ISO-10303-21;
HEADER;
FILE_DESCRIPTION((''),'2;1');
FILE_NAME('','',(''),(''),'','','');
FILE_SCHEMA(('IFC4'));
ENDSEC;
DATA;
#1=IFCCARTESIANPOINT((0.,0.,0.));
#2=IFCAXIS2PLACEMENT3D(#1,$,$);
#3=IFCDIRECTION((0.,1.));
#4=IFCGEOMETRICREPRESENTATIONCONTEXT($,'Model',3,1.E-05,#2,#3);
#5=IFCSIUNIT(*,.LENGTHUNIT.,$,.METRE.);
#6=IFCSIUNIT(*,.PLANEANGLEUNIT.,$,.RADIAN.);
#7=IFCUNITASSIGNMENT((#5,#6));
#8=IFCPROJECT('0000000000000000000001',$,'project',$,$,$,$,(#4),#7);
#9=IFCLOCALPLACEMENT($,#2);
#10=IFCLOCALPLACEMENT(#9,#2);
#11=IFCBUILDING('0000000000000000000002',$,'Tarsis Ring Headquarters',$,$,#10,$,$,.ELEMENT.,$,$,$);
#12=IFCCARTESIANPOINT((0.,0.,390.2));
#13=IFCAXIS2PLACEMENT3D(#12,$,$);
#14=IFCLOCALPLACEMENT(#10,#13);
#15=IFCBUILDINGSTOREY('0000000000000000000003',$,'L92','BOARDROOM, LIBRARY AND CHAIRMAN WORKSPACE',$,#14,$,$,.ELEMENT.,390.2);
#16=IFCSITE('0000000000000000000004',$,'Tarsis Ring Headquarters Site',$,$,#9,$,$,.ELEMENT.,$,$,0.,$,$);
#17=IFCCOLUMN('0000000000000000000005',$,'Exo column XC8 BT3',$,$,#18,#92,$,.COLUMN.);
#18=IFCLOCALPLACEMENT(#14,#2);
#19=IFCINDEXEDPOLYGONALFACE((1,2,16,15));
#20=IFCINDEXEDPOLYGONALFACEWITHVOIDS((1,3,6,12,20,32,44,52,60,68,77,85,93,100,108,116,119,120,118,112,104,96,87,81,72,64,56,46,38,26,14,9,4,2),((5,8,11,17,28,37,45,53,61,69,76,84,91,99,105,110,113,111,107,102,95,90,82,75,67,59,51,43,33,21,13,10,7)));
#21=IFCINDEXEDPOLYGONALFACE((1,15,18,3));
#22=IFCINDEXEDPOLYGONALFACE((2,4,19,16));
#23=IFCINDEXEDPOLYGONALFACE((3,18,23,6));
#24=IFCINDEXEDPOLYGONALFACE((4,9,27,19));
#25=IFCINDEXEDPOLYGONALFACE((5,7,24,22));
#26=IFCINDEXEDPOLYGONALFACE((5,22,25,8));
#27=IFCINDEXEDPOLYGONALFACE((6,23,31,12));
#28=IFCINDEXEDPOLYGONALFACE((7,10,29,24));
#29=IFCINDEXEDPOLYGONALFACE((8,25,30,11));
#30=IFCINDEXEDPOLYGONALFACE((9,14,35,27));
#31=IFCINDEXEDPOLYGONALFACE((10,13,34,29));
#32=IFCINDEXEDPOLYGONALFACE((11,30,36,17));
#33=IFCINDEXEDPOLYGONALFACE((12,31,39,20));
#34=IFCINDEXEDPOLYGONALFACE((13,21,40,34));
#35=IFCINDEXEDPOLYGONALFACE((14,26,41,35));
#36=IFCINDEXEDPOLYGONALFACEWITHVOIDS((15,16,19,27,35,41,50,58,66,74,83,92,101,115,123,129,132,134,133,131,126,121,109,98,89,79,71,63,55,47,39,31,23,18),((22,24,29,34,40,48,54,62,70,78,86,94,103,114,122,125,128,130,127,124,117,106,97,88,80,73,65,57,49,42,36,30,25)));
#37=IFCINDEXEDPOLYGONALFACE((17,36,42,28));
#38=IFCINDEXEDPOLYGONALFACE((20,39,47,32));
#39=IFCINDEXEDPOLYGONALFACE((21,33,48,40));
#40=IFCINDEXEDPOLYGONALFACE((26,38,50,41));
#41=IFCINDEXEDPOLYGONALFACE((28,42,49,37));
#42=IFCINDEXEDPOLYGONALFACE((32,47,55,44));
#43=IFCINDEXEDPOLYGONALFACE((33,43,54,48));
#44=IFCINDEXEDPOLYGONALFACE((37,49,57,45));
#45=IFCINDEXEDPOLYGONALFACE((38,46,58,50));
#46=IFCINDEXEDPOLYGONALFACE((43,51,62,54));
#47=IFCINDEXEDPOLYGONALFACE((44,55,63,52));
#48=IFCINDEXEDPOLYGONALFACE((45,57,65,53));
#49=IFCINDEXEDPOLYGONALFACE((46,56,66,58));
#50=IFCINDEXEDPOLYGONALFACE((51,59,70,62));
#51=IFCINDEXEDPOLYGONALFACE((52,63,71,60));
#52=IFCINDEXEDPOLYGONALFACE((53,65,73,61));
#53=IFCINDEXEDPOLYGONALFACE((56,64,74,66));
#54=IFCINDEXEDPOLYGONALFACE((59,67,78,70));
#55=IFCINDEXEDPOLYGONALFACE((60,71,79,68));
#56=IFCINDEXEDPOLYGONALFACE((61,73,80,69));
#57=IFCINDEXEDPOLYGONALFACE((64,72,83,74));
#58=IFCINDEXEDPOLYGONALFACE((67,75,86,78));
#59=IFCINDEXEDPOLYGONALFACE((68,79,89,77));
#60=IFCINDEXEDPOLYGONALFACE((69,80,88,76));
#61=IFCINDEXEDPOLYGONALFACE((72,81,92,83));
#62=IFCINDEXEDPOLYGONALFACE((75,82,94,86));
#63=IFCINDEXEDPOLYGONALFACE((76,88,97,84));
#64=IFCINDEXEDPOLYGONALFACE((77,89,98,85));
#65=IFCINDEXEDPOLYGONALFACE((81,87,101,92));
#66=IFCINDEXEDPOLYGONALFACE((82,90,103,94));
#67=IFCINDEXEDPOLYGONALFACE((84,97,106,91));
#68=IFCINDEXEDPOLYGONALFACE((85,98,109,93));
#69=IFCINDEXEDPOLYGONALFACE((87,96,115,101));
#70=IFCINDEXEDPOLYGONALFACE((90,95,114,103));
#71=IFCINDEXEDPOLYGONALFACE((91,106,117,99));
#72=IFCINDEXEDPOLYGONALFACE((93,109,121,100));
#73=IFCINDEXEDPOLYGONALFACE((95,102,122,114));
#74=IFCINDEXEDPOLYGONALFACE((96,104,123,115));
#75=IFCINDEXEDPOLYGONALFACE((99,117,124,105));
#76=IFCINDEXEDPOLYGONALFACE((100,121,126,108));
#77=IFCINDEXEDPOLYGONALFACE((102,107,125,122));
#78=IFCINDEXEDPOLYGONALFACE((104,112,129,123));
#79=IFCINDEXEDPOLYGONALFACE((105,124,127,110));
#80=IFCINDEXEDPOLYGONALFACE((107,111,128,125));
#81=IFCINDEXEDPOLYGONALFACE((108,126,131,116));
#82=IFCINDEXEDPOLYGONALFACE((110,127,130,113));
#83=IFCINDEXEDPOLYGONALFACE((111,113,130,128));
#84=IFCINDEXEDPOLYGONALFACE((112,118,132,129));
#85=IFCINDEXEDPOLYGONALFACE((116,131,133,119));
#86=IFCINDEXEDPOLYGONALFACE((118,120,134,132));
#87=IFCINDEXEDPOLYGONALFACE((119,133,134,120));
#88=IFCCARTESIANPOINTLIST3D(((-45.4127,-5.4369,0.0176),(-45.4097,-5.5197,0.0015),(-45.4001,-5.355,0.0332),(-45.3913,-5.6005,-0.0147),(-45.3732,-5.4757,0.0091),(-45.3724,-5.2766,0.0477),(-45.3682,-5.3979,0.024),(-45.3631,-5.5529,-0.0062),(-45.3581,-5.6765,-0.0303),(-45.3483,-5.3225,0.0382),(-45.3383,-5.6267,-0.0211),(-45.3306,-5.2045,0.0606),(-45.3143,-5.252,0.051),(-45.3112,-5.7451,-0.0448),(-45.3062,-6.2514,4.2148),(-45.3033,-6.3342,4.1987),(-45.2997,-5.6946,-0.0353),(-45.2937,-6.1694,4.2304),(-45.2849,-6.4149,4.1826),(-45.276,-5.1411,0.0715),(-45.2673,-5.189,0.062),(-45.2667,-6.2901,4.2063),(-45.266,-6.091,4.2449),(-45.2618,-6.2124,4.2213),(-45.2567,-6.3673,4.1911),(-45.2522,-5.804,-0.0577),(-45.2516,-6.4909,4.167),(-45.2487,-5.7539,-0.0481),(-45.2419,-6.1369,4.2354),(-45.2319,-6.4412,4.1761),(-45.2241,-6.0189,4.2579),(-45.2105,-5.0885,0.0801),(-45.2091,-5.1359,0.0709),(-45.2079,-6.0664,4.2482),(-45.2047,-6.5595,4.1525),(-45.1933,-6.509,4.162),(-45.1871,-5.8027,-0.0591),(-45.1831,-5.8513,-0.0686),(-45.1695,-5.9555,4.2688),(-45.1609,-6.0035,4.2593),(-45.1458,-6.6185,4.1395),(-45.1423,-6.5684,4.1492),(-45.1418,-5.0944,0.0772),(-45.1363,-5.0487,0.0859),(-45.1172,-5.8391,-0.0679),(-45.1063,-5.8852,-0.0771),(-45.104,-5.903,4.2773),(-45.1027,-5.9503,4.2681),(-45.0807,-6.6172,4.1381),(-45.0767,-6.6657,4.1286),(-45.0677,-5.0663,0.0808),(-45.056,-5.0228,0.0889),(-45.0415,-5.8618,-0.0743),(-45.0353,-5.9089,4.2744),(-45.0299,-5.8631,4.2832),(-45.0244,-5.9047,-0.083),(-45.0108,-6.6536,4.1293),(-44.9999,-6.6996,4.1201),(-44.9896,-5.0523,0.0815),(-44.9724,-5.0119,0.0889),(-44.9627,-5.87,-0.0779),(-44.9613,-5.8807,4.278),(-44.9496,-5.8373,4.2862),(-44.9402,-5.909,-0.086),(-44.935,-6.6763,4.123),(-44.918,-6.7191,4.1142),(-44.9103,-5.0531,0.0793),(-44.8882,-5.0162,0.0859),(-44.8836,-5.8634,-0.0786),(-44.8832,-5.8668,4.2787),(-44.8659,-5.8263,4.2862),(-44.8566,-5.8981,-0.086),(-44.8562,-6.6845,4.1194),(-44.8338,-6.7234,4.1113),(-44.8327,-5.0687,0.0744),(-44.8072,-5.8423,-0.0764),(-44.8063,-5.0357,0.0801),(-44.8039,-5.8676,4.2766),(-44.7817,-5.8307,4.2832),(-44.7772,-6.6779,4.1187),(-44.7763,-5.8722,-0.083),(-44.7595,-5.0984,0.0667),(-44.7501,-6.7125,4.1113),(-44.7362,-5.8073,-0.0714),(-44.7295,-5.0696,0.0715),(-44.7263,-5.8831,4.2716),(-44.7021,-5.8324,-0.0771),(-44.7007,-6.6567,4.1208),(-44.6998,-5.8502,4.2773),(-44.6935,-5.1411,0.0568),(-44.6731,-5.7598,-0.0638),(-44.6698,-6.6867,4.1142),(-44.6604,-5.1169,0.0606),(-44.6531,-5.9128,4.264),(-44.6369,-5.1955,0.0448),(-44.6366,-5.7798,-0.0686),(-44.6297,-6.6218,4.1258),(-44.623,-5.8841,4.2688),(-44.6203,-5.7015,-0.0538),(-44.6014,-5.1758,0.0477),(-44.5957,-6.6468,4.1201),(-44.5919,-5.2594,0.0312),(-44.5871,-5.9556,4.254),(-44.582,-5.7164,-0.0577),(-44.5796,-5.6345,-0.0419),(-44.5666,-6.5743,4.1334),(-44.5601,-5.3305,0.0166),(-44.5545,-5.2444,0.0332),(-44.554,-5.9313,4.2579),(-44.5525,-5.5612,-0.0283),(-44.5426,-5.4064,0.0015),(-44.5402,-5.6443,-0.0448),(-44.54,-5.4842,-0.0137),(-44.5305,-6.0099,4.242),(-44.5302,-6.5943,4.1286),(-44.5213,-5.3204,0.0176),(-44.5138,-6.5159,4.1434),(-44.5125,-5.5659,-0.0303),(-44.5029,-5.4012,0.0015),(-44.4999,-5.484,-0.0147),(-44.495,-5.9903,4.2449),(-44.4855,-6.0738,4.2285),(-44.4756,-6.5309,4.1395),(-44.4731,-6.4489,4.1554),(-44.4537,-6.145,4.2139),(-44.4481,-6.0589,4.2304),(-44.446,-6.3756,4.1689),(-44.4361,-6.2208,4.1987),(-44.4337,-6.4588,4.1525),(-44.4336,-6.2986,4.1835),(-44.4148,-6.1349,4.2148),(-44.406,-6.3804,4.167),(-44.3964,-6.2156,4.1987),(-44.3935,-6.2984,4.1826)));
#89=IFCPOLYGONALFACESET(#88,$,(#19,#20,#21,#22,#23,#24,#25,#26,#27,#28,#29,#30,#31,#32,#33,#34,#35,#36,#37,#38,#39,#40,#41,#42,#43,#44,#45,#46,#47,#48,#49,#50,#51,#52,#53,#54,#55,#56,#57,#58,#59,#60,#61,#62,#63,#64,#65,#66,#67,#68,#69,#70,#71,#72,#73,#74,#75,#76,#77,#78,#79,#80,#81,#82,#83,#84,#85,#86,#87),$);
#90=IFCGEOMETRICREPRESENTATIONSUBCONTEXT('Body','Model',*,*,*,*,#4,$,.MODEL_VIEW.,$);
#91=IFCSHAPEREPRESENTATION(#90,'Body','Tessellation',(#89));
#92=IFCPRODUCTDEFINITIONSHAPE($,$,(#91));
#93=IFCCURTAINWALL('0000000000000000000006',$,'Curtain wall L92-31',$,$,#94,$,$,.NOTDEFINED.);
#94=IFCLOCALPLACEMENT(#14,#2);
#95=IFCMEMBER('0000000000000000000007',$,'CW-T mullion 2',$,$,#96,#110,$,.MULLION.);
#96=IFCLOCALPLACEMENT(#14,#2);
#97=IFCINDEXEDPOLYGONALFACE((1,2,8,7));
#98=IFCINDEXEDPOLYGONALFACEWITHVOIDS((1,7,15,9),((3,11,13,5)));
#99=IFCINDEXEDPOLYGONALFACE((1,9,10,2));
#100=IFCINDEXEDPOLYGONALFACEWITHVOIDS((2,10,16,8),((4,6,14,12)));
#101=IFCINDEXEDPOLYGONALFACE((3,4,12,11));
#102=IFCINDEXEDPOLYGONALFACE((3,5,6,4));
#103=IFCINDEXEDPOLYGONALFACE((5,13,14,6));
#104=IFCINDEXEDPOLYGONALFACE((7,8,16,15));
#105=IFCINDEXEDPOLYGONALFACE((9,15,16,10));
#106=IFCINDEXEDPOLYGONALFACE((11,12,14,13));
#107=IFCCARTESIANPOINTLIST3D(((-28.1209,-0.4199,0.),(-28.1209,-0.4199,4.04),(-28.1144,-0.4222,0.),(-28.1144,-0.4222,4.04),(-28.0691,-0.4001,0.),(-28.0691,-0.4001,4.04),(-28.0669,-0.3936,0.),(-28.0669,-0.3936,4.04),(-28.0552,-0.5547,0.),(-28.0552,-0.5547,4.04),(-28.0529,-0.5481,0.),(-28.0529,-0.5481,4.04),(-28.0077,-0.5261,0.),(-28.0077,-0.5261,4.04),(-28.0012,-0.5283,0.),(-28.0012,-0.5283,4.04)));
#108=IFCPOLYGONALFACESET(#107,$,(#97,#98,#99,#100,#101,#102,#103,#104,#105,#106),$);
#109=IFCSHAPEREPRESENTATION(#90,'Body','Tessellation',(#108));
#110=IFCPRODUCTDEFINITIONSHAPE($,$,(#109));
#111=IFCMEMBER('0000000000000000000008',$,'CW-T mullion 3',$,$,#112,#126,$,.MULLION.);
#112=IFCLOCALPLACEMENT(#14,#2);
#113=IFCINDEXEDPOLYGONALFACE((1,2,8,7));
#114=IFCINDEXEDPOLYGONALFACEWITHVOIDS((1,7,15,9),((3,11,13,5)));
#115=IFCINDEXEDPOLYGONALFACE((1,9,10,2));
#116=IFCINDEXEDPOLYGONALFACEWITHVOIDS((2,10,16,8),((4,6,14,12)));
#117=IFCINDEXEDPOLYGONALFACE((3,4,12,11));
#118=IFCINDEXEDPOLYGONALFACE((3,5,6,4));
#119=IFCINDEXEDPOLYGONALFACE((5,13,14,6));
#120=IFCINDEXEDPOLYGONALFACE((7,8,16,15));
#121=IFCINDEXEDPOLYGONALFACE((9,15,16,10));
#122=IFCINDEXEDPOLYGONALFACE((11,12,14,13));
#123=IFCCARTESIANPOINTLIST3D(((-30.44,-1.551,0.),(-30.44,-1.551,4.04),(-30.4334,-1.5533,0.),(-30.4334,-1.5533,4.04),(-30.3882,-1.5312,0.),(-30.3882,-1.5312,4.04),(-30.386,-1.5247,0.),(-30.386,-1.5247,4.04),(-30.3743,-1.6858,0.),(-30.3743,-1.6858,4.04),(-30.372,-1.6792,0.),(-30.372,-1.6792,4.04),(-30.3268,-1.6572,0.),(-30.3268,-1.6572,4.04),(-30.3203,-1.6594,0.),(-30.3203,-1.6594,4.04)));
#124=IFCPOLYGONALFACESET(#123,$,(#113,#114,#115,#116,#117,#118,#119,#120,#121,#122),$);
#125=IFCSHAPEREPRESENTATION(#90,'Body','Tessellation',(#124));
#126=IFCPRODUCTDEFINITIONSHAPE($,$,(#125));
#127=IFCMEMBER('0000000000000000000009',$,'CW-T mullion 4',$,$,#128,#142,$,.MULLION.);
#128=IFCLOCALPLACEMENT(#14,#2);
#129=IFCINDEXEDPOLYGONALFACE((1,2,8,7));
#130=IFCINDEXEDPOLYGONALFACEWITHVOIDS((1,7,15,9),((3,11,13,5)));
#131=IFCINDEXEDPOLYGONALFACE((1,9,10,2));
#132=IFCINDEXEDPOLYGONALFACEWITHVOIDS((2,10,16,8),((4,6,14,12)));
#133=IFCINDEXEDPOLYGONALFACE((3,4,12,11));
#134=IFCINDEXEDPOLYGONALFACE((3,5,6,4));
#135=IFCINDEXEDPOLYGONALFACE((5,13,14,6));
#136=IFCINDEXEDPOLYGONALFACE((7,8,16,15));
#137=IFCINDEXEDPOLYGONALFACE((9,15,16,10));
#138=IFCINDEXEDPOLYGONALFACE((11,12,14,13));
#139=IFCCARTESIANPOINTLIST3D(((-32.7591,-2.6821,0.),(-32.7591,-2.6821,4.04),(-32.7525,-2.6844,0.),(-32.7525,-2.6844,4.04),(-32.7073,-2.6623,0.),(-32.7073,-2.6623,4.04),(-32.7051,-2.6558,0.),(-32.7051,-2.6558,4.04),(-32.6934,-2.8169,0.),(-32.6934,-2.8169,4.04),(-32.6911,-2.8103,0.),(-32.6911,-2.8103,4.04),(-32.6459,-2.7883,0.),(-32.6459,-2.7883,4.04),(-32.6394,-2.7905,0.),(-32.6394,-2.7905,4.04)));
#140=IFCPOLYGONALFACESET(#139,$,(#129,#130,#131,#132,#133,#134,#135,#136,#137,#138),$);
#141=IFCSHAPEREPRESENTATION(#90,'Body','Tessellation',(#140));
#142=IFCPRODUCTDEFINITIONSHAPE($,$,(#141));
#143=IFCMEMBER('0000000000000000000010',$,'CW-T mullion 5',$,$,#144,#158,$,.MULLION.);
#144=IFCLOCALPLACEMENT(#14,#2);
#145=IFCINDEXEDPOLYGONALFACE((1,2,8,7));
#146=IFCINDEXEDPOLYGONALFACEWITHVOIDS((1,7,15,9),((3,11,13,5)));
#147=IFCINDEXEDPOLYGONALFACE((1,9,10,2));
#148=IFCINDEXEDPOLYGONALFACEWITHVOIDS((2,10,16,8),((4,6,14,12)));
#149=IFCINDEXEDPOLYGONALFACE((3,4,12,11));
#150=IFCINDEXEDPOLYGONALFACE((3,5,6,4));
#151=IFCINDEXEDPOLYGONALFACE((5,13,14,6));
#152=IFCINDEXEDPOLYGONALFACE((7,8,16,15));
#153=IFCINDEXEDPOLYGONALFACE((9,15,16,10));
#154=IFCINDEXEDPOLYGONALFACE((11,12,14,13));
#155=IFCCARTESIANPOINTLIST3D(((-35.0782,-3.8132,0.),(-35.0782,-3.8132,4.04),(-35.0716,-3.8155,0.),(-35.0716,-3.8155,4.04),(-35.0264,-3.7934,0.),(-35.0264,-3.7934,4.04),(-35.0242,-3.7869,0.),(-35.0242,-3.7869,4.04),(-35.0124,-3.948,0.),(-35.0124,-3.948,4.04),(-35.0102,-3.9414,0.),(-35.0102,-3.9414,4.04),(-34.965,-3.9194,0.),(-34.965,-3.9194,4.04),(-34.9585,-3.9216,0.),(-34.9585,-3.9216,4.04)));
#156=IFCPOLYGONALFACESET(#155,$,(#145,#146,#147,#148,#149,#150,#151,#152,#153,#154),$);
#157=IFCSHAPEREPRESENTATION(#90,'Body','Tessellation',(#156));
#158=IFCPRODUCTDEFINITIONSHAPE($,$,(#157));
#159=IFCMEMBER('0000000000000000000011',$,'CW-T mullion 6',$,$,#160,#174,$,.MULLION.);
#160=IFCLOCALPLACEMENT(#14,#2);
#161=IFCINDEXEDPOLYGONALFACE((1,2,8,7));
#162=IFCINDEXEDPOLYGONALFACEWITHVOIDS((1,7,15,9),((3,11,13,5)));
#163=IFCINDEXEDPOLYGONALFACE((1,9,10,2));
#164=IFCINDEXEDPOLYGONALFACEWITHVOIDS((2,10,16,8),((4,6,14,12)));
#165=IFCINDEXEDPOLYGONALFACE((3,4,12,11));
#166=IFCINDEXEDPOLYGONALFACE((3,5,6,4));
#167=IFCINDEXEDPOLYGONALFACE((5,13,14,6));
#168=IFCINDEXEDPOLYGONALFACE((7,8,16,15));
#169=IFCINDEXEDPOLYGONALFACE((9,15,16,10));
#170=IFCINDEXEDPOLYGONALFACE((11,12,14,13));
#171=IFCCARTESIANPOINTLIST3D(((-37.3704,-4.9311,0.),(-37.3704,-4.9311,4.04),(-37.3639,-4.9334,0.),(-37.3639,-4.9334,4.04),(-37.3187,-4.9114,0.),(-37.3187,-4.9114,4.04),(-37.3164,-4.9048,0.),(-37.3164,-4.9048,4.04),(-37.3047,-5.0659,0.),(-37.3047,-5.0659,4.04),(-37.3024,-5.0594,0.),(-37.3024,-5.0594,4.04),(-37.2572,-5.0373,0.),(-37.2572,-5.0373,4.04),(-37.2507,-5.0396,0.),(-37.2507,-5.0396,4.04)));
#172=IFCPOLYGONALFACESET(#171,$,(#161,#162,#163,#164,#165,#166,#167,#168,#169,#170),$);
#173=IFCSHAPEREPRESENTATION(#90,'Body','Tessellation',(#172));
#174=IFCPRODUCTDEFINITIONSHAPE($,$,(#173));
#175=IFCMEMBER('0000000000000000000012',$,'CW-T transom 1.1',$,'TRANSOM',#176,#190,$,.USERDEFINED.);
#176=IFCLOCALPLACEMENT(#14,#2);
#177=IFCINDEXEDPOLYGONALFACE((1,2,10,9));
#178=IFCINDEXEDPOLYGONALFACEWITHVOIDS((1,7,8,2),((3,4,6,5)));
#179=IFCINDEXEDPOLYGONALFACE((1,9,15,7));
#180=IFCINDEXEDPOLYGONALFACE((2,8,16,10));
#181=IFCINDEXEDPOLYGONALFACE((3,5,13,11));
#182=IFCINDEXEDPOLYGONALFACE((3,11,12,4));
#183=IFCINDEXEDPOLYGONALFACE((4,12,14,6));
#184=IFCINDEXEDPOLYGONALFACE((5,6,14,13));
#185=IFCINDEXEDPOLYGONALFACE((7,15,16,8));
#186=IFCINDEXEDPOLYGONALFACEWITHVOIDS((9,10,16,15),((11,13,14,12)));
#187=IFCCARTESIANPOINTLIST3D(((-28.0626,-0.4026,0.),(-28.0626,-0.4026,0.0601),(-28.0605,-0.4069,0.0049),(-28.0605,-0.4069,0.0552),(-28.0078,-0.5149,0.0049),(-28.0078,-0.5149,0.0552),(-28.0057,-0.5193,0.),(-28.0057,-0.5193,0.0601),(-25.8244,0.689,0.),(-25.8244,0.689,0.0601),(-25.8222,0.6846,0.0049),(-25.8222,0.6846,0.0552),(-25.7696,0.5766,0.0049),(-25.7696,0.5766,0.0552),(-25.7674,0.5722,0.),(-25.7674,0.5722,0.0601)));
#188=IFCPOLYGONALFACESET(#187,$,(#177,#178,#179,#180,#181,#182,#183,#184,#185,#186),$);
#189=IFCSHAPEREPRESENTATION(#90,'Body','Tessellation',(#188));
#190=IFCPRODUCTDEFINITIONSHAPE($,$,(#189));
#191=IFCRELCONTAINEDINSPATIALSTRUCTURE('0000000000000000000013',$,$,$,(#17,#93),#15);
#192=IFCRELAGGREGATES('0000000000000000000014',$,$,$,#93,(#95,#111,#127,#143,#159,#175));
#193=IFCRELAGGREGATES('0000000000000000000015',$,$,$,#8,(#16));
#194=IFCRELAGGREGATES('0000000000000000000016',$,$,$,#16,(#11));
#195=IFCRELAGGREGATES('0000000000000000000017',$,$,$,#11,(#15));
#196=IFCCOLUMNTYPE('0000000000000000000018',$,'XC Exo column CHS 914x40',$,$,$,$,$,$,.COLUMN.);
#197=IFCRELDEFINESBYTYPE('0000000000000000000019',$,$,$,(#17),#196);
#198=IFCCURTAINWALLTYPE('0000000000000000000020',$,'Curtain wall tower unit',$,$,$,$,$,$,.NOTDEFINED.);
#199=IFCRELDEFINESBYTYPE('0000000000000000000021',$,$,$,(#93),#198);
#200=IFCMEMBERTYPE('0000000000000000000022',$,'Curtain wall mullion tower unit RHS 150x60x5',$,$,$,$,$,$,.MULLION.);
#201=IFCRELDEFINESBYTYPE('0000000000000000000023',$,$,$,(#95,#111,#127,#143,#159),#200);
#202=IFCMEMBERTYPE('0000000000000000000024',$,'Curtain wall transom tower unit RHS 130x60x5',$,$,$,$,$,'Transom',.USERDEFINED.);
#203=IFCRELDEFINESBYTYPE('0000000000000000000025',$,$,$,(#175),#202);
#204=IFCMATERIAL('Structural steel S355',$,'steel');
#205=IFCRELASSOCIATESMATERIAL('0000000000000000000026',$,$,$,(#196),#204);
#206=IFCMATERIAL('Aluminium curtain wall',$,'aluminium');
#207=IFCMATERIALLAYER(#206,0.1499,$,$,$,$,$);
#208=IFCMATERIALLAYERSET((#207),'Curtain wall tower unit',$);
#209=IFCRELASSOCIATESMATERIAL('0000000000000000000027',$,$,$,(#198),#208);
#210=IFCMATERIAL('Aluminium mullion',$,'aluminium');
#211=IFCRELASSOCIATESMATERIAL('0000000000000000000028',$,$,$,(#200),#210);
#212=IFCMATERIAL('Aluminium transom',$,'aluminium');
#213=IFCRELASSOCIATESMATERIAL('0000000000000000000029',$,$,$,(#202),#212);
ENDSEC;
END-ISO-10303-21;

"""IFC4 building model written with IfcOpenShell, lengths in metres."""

from ifc_helpers import new_model, si_unit, direction, frame, origin, origin_2d, place, context, subcontext, project, spatial, hollow_rectangle, hollow_circle, extrude, material, layer, layer_set, material_profile, profile_set, type_object, element, aggregate, save


model = new_model("IFC4")

# Units and contexts
model_context = context("Model", 3, precision=1e-05, world=origin(), true_north=direction((0.0, 1.0)))
body_context = subcontext(model_context, "Body", "Model", "MODEL_VIEW")
ifc_project = project(units=[si_unit("LENGTHUNIT", "METRE"), si_unit("PLANEANGLEUNIT", "RADIAN")], contexts=[model_context])

# Site, building, storey
site_placement = place(None, origin())
site = spatial("IfcSite", under=ifc_project, at=site_placement, Name="Tarsis Ring Headquarters Site", CompositionType="ELEMENT", RefElevation=0.0)
building_placement = place(site_placement, origin())
building = spatial("IfcBuilding", under=site, at=building_placement, Name="Tarsis Ring Headquarters", CompositionType="ELEMENT")
storey_placement = place(building_placement, frame((0.0, 0.0, 390.2)))
storey = spatial("IfcBuildingStorey", under=building, at=storey_placement, Name="L92", Description="BOARDROOM, LIBRARY AND CHAIRMAN WORKSPACE", CompositionType="ELEMENT", Elevation=390.2)

# Column
ifc_material_1 = material(Name="Structural steel S355", Category="steel")
ifc_material_profile_1 = material_profile(ifc_material_1, hollow_circle(Radius=0.457, WallThickness=0.04, at=origin_2d()), Name="CHS 914x40")
ifc_profile_set_1 = profile_set([ifc_material_profile_1], Name="Structural steel S355")
column_type = type_object("IfcColumnType", Name="XC Exo column CHS 914x40", PredefinedType="COLUMN", material=ifc_profile_set_1)
column_1_placement = place(storey_placement, frame((-44.9563, -5.4604, 0.0015), z_axis=(0.024889, -0.190432, 0.981385), x_axis=(0.991567, 0.129593, 0.0)))
element("IfcColumn", 1, at=column_1_placement, inside=storey, type_object=column_type, Name="Exo column XC8 BT3", PredefinedType="COLUMN", context=body_context, shape_type="SweptSolid", body=[
    extrude(hollow_circle(Radius=0.4573, WallThickness=0.04, at=origin_2d()), origin(), (0.0, 0.0, 1.0), 4.2769),
])

# Curtain wall, members
ifc_material_2 = material(Name="Aluminium curtain wall", Category="aluminium")
ifc_layer_1 = layer(ifc_material_2, 0.1499)
ifc_layer_set_1 = layer_set([ifc_layer_1], Name="Curtain wall tower unit")
curtain_wall_type = type_object("IfcCurtainWallType", Name="Curtain wall tower unit", PredefinedType="NOTDEFINED", material=ifc_layer_set_1)
curtain_wall_placement = place(storey_placement, origin())
curtain_wall = element("IfcCurtainWall", 2, at=curtain_wall_placement, inside=storey, type_object=curtain_wall_type, Name="Curtain wall L92-31", PredefinedType="NOTDEFINED")
ifc_material_3 = material(Name="Aluminium mullion", Category="aluminium")
ifc_material_profile_2 = material_profile(ifc_material_3, hollow_rectangle(XDim=0.1499, YDim=0.0601, WallThickness=0.0049, at=origin_2d()), Name="RHS 150x60x5")
ifc_profile_set_2 = profile_set([ifc_material_profile_2], Name="Aluminium mullion")
member_type_1 = type_object("IfcMemberType", Name="Curtain wall mullion tower unit RHS 150x60x5", PredefinedType="MULLION", material=ifc_profile_set_2)
member_1_placement = place(storey_placement, frame((-28.061, -0.4741, 0.0), z_axis=(0.0, 0.0, 1.0), x_axis=(0.438371, -0.898794, 0.0)))
member_1 = element("IfcMember", 3, at=member_1_placement, type_object=member_type_1, Name="CW-T mullion 2", PredefinedType="MULLION", context=body_context, shape_type="SweptSolid", body=[
    extrude(hollow_rectangle(XDim=0.1499, YDim=0.0601, WallThickness=0.0049, at=origin_2d()), origin(), (0.0, 0.0, 1.0), 4.04),
])
member_2_placement = place(storey_placement, frame((-30.3801, -1.6052, 0.0), z_axis=(0.0, 0.0, 1.0), x_axis=(0.438371, -0.898794, 0.0)))
member_2 = element("IfcMember", 4, at=member_2_placement, type_object=member_type_1, Name="CW-T mullion 3", PredefinedType="MULLION", context=body_context, shape_type="SweptSolid", body=[
    extrude(hollow_rectangle(XDim=0.1499, YDim=0.0601, WallThickness=0.0049, at=origin_2d()), origin(), (0.0, 0.0, 1.0), 4.04),
])
member_3_placement = place(storey_placement, frame((-32.6992, -2.7363, 0.0), z_axis=(0.0, 0.0, 1.0), x_axis=(0.438371, -0.898794, 0.0)))
member_3 = element("IfcMember", 5, at=member_3_placement, type_object=member_type_1, Name="CW-T mullion 4", PredefinedType="MULLION", context=body_context, shape_type="SweptSolid", body=[
    extrude(hollow_rectangle(XDim=0.1499, YDim=0.0601, WallThickness=0.0049, at=origin_2d()), origin(), (0.0, 0.0, 1.0), 4.04),
])
member_4_placement = place(storey_placement, frame((-35.0183, -3.8674, 0.0), z_axis=(0.0, 0.0, 1.0), x_axis=(0.438371, -0.898794, 0.0)))
member_4 = element("IfcMember", 6, at=member_4_placement, type_object=member_type_1, Name="CW-T mullion 5", PredefinedType="MULLION", context=body_context, shape_type="SweptSolid", body=[
    extrude(hollow_rectangle(XDim=0.1499, YDim=0.0601, WallThickness=0.0049, at=origin_2d()), origin(), (0.0, 0.0, 1.0), 4.04),
])
member_5_placement = place(storey_placement, frame((-37.3105, -4.9854, 0.0), z_axis=(0.0, 0.0, 1.0), x_axis=(0.438371, -0.898794, 0.0)))
member_5 = element("IfcMember", 7, at=member_5_placement, type_object=member_type_1, Name="CW-T mullion 6", PredefinedType="MULLION", context=body_context, shape_type="SweptSolid", body=[
    extrude(hollow_rectangle(XDim=0.1499, YDim=0.0601, WallThickness=0.0049, at=origin_2d()), origin(), (0.0, 0.0, 1.0), 4.04),
])
ifc_material_4 = material(Name="Aluminium transom", Category="aluminium")
ifc_material_profile_3 = material_profile(ifc_material_4, hollow_rectangle(XDim=0.1299, YDim=0.0601, WallThickness=0.0049, at=origin_2d()), Name="RHS 130x60x5")
ifc_profile_set_3 = profile_set([ifc_material_profile_3], Name="Aluminium transom")
member_type_2 = type_object("IfcMemberType", Name="Curtain wall transom tower unit RHS 130x60x5", ElementType="Transom", PredefinedType="USERDEFINED", material=ifc_profile_set_3)
member_6_placement = place(storey_placement, frame((-25.7959, 0.6306, 0.03), z_axis=(-0.898815, -0.438329, 0.0), x_axis=(0.438329, -0.898815, 0.0)))
member_6 = element("IfcMember", 8, at=member_6_placement, type_object=member_type_2, Name="CW-T transom 1.1", ObjectType="TRANSOM", PredefinedType="USERDEFINED", context=body_context, shape_type="SweptSolid", body=[
    extrude(hollow_rectangle(XDim=0.1299, YDim=0.0601, WallThickness=0.0049, at=origin_2d()), origin(), (0.0, 0.0, 1.0), 2.4902),
])

aggregate(curtain_wall, [member_1, member_2, member_3, member_4, member_5, member_6])

save(model, "model.ifc")
